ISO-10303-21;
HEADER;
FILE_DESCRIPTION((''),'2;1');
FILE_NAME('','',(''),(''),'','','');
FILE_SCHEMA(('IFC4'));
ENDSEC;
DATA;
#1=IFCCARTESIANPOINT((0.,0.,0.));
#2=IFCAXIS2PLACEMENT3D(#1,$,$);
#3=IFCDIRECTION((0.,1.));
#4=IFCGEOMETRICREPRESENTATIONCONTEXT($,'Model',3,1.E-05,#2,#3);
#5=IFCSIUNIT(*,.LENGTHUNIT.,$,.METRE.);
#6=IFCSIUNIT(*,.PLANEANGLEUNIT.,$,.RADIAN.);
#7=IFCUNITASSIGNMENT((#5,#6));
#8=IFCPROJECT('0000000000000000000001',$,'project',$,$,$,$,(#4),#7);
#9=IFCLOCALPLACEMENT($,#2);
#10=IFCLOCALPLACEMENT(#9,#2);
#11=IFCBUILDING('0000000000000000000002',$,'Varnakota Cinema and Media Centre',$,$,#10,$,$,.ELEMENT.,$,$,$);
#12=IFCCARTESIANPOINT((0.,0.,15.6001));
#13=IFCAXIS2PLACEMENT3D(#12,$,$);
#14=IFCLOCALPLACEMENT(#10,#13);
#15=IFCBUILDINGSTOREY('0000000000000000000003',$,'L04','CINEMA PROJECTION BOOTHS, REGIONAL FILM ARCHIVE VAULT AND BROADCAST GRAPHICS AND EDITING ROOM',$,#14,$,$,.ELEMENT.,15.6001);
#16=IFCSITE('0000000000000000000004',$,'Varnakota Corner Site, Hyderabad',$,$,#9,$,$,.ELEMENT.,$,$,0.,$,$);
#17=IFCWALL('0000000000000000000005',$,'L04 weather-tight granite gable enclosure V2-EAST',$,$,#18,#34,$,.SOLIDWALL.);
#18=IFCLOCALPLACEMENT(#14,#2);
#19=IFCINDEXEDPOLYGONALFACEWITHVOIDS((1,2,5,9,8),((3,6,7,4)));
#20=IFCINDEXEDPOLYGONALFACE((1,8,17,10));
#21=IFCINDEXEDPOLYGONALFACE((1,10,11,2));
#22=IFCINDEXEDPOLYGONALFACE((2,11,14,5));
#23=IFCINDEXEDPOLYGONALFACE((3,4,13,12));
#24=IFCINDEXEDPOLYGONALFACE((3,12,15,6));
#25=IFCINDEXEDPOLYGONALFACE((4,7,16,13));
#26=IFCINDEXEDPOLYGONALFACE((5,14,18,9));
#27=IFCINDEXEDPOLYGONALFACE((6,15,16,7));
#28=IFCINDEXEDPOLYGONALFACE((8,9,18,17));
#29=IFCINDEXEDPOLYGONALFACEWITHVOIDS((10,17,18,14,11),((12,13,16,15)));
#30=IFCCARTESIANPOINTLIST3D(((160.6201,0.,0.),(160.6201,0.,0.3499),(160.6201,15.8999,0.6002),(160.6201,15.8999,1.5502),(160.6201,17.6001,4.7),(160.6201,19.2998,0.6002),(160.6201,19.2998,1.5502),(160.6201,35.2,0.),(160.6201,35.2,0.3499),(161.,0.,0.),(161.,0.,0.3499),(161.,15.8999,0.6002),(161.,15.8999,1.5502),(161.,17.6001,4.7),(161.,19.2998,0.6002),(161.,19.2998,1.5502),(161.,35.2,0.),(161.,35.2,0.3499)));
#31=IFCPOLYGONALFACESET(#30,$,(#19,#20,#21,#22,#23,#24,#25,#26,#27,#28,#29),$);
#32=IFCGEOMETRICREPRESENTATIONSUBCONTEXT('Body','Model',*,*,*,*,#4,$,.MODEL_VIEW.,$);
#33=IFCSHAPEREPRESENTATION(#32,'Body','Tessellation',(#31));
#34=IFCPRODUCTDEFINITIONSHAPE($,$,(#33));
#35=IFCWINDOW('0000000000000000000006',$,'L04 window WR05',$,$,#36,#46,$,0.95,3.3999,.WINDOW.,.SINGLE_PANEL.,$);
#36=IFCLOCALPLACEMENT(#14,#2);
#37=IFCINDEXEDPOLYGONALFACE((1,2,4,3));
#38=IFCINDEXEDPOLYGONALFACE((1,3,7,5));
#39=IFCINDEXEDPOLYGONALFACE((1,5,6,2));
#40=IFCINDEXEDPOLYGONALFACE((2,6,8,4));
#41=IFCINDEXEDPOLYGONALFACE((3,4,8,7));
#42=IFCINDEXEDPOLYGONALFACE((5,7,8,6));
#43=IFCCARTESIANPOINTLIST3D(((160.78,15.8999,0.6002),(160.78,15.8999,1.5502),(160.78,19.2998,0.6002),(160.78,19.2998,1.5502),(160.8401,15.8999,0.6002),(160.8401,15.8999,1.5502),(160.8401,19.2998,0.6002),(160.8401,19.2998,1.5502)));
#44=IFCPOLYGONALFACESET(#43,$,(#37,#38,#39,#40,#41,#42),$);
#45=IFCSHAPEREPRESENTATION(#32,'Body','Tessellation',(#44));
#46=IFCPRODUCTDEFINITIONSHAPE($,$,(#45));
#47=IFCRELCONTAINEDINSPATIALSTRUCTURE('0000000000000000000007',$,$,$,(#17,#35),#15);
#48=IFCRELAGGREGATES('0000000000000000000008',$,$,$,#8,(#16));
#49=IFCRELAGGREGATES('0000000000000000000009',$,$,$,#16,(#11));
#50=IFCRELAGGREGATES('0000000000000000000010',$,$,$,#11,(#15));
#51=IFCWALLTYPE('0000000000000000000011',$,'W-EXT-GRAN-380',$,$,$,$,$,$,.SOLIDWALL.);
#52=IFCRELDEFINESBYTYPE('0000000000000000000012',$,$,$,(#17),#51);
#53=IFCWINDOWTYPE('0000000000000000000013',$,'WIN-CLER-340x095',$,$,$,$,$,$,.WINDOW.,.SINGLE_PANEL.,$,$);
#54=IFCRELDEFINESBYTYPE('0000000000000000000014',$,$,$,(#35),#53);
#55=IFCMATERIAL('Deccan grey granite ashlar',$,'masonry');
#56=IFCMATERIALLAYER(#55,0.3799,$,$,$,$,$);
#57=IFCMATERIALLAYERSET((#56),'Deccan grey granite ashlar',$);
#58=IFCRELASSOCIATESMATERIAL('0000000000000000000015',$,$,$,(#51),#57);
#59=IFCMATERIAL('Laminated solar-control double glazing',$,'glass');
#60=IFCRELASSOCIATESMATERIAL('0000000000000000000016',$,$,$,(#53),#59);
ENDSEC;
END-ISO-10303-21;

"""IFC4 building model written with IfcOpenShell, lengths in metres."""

from ifc_helpers import new_model, si_unit, direction, frame, frame_2d, origin, place, context, subcontext, project, spatial, polyline, rectangle, outline, extrude, material, layer, layer_set, type_object, element, fill, save


model = new_model("IFC4")

# Units and contexts
model_context = context("Model", 3, precision=1e-05, world=origin(), true_north=direction((0.0, 1.0)))
body_context = subcontext(model_context, "Body", "Model", "MODEL_VIEW")
ifc_project = project(units=[si_unit("LENGTHUNIT", "METRE"), si_unit("PLANEANGLEUNIT", "RADIAN")], contexts=[model_context])

# Site, building, storey
site_placement = place(None, origin())
site = spatial("IfcSite", under=ifc_project, at=site_placement, Name="Varnakota Corner Site, Hyderabad", CompositionType="ELEMENT", RefElevation=0.0)
building_placement = place(site_placement, origin())
building = spatial("IfcBuilding", under=site, at=building_placement, Name="Varnakota Cinema and Media Centre", CompositionType="ELEMENT")
storey_placement = place(building_placement, frame((0.0, 0.0, 15.6001)))
storey = spatial("IfcBuildingStorey", under=building, at=storey_placement, Name="L04", Description="CINEMA PROJECTION BOOTHS, REGIONAL FILM ARCHIVE VAULT AND BROADCAST GRAPHICS AND EDITING ROOM", CompositionType="ELEMENT", Elevation=15.6001)

# Wall, opening, window
ifc_material_1 = material(Name="Deccan grey granite ashlar", Category="masonry")
ifc_layer_1 = layer(ifc_material_1, 0.3799)
ifc_layer_set_1 = layer_set([ifc_layer_1], Name="Deccan grey granite ashlar")
wall_type = type_object("IfcWallType", Name="W-EXT-GRAN-380", PredefinedType="SOLIDWALL", material=ifc_layer_set_1)
wall_placement = place(storey_placement, frame((160.8101, 0.0, 0.0), z_axis=(0.0, 0.0, 1.0), x_axis=(0.0, 1.0, 0.0)))
wall = element("IfcWall", 1, at=wall_placement, inside=storey, type_object=wall_type, Name="L04 weather-tight granite gable enclosure V2-EAST", PredefinedType="SOLIDWALL", context=body_context, shape_type="SweptSolid", body=[
    extrude(outline(polyline([(0.0, 0.0), (35.2, 0.0), (35.2, 0.3499), (17.6001, 4.7), (0.0, 0.3499), (0.0, 0.0)])), frame((0.0, 0.1899, 0.0), z_axis=(0.0, -1.0, 0.0), x_axis=(1.0, 0.0, 0.0)), (0.0, 0.0, 1.0), 0.3799),
])
opening_placement = place(wall_placement, frame((15.8999, 0.0, 0.6001)))
opening = element("IfcOpeningElement", 2, at=opening_placement, cuts=wall, PredefinedType="OPENING", context=body_context, shape_type="SweptSolid", body=[
    extrude(rectangle(XDim=3.3999, YDim=0.95, at=frame_2d((1.7, 0.4751))), frame((0.0, 0.1899, 0.0), z_axis=(0.0, -1.0, 0.0), x_axis=(1.0, 0.0, 0.0)), (0.0, 0.0, 1.0), 0.3799),
])
ifc_material_2 = material(Name="Laminated solar-control double glazing", Category="glass")
window_type = type_object("IfcWindowType", Name="WIN-CLER-340x095", PartitioningType="SINGLE_PANEL", PredefinedType="WINDOW", material=ifc_material_2)
window_placement = place(opening_placement, origin())
window = element("IfcWindow", 3, at=window_placement, inside=storey, type_object=window_type, Name="L04 window WR05", OverallHeight=0.95, OverallWidth=3.3999, PartitioningType="SINGLE_PANEL", PredefinedType="WINDOW", context=body_context, shape_type="SweptSolid", body=[
    extrude(rectangle(XDim=3.3999, YDim=0.95, at=frame_2d((1.7, 0.4751))), frame((0.0, 0.03, 0.0), z_axis=(0.0, -1.0, 0.0), x_axis=(1.0, 0.0, 0.0)), (0.0, 0.0, 1.0), 0.0601),
])
fill(opening, window)

save(model, "model.ifc")
